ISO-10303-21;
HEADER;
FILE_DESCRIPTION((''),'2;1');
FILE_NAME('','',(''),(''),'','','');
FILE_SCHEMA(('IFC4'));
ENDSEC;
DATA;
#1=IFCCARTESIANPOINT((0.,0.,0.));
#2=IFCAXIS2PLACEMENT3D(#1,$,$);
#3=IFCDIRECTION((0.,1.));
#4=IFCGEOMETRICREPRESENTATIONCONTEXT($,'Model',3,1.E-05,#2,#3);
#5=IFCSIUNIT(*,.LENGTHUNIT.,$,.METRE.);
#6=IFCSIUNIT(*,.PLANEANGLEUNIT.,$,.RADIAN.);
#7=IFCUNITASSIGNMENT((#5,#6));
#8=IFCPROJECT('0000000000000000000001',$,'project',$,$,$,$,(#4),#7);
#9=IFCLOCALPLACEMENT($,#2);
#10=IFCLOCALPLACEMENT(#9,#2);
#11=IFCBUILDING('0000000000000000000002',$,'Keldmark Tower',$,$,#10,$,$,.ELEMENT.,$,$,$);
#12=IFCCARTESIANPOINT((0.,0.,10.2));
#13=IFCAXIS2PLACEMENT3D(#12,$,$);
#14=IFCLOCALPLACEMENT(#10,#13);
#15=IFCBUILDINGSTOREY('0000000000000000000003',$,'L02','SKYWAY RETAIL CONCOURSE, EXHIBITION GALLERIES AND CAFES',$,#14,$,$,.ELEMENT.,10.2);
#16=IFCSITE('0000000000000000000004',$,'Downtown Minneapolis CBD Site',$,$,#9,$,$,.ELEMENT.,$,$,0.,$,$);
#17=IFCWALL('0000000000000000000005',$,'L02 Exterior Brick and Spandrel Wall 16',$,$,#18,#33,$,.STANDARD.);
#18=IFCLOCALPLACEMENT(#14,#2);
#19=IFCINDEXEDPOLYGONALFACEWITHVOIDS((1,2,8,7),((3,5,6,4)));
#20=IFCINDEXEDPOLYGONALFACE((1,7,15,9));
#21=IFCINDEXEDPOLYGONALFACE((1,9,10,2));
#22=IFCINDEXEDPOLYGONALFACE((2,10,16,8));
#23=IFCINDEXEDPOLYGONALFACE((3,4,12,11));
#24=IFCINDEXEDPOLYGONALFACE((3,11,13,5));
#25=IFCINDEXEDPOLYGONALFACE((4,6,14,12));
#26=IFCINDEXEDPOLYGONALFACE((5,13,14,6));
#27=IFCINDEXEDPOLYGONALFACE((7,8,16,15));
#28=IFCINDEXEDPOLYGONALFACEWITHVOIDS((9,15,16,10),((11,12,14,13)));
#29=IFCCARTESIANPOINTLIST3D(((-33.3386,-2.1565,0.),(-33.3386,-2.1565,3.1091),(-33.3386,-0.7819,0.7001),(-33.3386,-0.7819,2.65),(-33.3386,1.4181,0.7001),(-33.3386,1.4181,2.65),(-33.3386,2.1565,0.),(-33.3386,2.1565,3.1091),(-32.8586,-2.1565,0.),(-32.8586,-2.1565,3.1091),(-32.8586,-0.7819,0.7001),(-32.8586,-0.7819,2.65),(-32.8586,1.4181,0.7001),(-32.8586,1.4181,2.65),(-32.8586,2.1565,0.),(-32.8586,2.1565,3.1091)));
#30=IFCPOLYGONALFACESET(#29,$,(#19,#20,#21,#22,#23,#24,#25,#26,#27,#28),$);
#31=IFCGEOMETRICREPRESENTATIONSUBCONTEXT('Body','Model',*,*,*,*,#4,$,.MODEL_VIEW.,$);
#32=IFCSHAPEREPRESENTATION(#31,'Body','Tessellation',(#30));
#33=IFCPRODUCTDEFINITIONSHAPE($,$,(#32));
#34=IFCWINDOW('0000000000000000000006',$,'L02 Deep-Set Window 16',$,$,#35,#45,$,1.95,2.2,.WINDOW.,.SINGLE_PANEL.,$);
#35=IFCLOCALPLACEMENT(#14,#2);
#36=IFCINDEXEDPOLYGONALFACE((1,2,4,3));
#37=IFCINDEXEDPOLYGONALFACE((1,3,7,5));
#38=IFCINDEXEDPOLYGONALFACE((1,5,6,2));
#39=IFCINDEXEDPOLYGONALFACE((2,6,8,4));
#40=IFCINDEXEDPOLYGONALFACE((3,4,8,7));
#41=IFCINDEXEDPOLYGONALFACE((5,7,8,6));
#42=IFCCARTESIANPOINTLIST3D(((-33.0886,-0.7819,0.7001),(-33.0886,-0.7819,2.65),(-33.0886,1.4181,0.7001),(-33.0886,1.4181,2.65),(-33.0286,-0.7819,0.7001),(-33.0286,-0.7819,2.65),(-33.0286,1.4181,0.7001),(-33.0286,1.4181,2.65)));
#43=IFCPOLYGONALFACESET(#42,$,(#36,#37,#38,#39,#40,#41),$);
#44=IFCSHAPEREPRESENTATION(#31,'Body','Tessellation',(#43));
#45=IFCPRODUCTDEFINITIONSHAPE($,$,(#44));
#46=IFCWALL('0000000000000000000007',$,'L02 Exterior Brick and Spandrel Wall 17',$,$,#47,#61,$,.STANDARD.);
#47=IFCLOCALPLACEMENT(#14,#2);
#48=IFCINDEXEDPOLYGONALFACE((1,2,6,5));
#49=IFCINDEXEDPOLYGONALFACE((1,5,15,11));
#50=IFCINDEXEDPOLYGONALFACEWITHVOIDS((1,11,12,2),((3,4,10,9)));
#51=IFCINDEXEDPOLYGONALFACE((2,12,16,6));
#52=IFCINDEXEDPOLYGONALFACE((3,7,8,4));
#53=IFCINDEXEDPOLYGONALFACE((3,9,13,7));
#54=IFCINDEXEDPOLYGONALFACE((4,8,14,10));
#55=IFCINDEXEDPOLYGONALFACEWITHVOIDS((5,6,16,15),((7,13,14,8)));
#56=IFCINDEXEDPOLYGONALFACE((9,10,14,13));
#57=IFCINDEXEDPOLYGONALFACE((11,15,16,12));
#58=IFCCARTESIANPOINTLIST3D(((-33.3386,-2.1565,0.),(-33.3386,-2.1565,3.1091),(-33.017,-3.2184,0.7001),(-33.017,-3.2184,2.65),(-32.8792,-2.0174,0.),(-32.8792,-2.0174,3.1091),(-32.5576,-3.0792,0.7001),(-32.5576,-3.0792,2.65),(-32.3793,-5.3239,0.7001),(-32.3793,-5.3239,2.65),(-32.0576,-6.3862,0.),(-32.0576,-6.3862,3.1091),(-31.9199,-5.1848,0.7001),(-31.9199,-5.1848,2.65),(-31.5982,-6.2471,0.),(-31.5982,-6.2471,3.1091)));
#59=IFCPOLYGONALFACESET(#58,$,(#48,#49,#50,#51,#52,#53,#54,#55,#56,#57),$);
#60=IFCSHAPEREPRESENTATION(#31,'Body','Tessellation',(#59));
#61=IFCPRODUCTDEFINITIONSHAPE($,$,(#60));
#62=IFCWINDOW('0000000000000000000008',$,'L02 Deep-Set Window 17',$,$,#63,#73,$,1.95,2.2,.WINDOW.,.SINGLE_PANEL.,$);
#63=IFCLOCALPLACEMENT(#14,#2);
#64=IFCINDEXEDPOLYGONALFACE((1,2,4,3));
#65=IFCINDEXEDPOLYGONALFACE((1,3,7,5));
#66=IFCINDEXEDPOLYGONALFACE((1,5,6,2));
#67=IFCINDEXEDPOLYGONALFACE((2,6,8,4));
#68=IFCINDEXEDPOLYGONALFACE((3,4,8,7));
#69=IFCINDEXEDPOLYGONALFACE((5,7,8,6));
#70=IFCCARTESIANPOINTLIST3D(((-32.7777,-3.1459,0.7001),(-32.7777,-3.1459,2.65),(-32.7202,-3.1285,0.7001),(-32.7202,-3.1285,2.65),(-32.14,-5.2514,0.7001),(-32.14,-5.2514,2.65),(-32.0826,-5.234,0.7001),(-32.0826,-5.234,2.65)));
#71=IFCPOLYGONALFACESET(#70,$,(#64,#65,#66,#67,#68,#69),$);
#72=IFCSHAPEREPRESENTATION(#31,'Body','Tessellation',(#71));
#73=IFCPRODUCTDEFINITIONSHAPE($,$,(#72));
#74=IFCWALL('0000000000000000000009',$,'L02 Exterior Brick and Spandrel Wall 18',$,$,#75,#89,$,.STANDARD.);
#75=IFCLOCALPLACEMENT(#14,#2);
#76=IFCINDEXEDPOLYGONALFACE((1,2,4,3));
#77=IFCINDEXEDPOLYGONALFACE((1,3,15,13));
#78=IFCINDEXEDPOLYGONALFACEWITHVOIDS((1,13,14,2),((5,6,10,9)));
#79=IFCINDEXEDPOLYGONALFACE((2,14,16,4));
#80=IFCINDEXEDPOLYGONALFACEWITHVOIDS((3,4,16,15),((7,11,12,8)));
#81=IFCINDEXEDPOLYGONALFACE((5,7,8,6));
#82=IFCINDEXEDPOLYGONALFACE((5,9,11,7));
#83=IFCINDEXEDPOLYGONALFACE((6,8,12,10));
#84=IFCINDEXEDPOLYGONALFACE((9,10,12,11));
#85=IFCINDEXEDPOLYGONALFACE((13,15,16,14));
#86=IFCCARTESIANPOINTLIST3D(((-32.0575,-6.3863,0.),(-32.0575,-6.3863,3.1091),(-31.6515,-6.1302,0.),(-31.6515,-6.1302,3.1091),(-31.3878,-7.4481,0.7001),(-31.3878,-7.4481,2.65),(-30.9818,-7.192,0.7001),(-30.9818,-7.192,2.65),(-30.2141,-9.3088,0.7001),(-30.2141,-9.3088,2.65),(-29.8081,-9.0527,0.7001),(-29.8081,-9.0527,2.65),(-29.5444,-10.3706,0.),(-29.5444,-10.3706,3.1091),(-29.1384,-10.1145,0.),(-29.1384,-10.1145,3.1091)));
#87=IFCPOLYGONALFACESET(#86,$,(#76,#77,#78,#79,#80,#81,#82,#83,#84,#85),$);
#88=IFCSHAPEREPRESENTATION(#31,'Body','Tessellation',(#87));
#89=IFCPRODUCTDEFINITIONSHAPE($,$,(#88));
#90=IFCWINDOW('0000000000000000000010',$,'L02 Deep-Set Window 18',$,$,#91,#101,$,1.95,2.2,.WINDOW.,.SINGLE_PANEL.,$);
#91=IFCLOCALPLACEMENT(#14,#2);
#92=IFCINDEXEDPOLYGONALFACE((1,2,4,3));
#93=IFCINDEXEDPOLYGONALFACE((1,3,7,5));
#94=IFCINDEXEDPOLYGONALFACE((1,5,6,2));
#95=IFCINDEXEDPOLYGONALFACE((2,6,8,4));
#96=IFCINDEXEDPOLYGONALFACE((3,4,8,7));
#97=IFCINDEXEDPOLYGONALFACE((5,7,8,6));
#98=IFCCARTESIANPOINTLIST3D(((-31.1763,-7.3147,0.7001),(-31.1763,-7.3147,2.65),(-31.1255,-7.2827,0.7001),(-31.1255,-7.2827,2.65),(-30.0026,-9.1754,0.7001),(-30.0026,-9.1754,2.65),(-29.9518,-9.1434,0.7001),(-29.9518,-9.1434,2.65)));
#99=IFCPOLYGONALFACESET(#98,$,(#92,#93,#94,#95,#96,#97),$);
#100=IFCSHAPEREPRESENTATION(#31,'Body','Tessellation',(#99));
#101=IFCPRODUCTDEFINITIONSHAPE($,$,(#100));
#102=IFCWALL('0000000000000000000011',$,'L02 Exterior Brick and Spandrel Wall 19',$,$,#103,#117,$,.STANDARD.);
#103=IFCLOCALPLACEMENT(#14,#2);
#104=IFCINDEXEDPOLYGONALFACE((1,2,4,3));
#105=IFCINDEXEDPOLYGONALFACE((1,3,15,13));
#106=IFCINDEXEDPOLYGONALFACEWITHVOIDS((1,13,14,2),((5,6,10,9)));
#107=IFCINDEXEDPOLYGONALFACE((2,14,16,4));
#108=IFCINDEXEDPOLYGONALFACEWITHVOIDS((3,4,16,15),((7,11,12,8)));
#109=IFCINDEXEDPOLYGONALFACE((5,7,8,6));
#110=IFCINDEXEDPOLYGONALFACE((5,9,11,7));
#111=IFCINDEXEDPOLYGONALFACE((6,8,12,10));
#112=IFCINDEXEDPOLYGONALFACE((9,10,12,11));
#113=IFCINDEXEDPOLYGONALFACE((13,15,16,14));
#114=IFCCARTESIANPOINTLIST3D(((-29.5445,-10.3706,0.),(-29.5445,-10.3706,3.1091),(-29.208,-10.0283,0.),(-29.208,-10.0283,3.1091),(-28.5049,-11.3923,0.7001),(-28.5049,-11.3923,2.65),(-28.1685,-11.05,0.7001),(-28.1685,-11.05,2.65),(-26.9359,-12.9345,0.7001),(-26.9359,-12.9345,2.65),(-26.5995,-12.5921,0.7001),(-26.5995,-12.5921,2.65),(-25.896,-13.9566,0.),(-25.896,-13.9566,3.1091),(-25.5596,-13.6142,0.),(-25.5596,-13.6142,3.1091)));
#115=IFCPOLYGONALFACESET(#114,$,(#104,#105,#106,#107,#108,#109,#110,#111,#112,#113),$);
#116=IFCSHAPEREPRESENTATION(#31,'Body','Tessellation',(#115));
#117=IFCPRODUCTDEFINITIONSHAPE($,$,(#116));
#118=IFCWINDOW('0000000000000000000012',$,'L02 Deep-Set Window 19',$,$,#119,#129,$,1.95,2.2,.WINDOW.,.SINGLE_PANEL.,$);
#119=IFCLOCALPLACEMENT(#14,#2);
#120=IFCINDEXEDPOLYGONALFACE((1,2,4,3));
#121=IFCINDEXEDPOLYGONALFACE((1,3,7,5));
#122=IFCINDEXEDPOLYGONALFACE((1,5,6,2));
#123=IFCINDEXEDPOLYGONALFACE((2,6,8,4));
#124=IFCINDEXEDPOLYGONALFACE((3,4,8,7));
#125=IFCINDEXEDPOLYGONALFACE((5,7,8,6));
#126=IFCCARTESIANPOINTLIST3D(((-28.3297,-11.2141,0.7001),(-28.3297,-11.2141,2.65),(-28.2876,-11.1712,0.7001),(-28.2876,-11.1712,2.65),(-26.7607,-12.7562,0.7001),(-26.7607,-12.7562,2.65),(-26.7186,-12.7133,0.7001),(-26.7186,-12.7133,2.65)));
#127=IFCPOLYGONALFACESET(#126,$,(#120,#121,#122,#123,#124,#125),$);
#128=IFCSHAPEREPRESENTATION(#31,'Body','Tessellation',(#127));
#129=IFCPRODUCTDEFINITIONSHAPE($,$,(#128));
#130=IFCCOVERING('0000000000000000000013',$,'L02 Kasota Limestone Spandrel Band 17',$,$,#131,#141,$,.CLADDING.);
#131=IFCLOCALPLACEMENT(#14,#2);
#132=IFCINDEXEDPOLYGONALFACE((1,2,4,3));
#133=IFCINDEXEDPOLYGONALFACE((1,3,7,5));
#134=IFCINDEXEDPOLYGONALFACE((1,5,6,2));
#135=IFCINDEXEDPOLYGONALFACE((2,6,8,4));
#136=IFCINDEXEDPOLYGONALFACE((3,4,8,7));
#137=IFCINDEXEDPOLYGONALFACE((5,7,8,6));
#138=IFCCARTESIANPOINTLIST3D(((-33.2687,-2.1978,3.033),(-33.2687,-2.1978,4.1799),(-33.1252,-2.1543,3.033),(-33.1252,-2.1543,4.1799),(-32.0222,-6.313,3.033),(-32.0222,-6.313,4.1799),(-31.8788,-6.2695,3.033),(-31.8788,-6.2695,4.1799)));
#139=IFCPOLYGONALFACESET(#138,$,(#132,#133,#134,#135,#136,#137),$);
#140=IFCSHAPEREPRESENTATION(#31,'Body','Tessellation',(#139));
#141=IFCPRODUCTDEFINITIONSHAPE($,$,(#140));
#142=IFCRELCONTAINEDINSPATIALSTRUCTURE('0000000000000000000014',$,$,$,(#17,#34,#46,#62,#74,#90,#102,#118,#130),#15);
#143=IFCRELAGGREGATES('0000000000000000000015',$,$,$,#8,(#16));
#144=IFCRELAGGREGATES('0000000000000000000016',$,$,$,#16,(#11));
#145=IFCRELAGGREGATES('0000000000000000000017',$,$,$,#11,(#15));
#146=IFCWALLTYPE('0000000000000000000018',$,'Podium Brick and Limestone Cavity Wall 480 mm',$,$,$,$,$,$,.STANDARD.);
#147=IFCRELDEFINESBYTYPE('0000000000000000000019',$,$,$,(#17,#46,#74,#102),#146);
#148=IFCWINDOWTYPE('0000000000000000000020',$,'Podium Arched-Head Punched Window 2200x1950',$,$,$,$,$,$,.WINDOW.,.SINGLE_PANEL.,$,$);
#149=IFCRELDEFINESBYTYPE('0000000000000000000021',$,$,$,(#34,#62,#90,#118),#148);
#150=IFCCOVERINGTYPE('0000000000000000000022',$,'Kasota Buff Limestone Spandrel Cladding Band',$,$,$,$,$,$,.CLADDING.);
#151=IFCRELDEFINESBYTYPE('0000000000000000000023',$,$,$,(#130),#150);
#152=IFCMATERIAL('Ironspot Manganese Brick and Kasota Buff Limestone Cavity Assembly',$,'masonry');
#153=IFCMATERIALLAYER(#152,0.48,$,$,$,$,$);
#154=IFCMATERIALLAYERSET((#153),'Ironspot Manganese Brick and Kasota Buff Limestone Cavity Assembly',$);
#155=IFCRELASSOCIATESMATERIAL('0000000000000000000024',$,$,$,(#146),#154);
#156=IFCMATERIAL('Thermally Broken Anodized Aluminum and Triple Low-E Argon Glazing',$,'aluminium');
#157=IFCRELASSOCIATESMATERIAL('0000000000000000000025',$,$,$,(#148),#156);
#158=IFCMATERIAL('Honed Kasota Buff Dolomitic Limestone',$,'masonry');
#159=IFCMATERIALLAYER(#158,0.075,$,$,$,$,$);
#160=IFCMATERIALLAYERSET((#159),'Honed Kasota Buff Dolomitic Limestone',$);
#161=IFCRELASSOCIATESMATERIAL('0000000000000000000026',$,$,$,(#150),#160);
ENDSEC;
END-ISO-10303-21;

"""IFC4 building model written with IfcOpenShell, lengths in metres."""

from ifc_helpers import new_model, si_unit, direction, frame, frame_2d, origin, origin_2d, place, context, subcontext, project, spatial, rectangle, extrude, material, layer, layer_set, type_object, element, fill, save


model = new_model("IFC4")

# Units and contexts
model_context = context("Model", 3, precision=1e-05, world=origin(), true_north=direction((0.0, 1.0)))
body_context = subcontext(model_context, "Body", "Model", "MODEL_VIEW")
ifc_project = project(units=[si_unit("LENGTHUNIT", "METRE"), si_unit("PLANEANGLEUNIT", "RADIAN")], contexts=[model_context])

# Site, building, storey
site_placement = place(None, origin())
site = spatial("IfcSite", under=ifc_project, at=site_placement, Name="Downtown Minneapolis CBD Site", CompositionType="ELEMENT", RefElevation=0.0)
building_placement = place(site_placement, origin())
building = spatial("IfcBuilding", under=site, at=building_placement, Name="Keldmark Tower", CompositionType="ELEMENT")
storey_placement = place(building_placement, frame((0.0, 0.0, 10.2)))
storey = spatial("IfcBuildingStorey", under=building, at=storey_placement, Name="L02", Description="SKYWAY RETAIL CONCOURSE, EXHIBITION GALLERIES AND CAFES", CompositionType="ELEMENT", Elevation=10.2)

# Walls, openings, windows
ifc_material_1 = material(Name="Ironspot Manganese Brick and Kasota Buff Limestone Cavity Assembly", Category="masonry")
ifc_layer_1 = layer(ifc_material_1, 0.48)
ifc_layer_set_1 = layer_set([ifc_layer_1], Name="Ironspot Manganese Brick and Kasota Buff Limestone Cavity Assembly")
wall_type_1 = type_object("IfcWallType", Name="Podium Brick and Limestone Cavity Wall 480 mm", PredefinedType="STANDARD", material=ifc_layer_set_1)
wall_1_placement = place(storey_placement, frame((-33.0986, -2.1565, 0.0), z_axis=(0.0, 0.0, 1.0), x_axis=(0.0, 1.0, 0.0)))
wall_1 = element("IfcWall", 1, at=wall_1_placement, inside=storey, type_object=wall_type_1, Name="L02 Exterior Brick and Spandrel Wall 16", PredefinedType="STANDARD", context=body_context, shape_type="SweptSolid", body=[
    extrude(rectangle(XDim=4.313, YDim=0.48, at=frame_2d((2.1565, 0.0))), origin(), (0.0, 0.0, 1.0), 3.1091),
])
opening_1_placement = place(wall_1_placement, frame((1.3745, 0.0, 0.7)))
opening_1 = element("IfcOpeningElement", 2, at=opening_1_placement, cuts=wall_1, PredefinedType="OPENING", context=body_context, shape_type="SweptSolid", body=[
    extrude(rectangle(XDim=2.2, YDim=1.95, at=frame_2d((1.1001, 0.9751))), frame((0.0, 0.25, 0.0), z_axis=(0.0, -1.0, 0.0), x_axis=(1.0, 0.0, 0.0)), (0.0, 0.0, 1.0), 0.5),
])
ifc_material_2 = material(Name="Thermally Broken Anodized Aluminum and Triple Low-E Argon Glazing", Category="aluminium")
window_type = type_object("IfcWindowType", Name="Podium Arched-Head Punched Window 2200x1950", PartitioningType="SINGLE_PANEL", PredefinedType="WINDOW", material=ifc_material_2)
window_1_placement = place(opening_1_placement, origin())
window_1 = element("IfcWindow", 3, at=window_1_placement, inside=storey, type_object=window_type, Name="L02 Deep-Set Window 16", OverallHeight=1.95, OverallWidth=2.2, PartitioningType="SINGLE_PANEL", PredefinedType="WINDOW", context=body_context, shape_type="SweptSolid", body=[
    extrude(rectangle(XDim=2.2, YDim=1.95, at=frame_2d((1.1001, 0.9751))), frame((0.0, -0.01, 0.0), z_axis=(0.0, -1.0, 0.0), x_axis=(1.0, 0.0, 0.0)), (0.0, 0.0, 1.0), 0.0601),
])
fill(opening_1, window_1)
wall_2_placement = place(storey_placement, frame((-31.8279, -6.3167, 0.0), z_axis=(0.0, 0.0, 1.0), x_axis=(-0.289856, 0.95707, 0.0)))
wall_2 = element("IfcWall", 4, at=wall_2_placement, inside=storey, type_object=wall_type_1, Name="L02 Exterior Brick and Spandrel Wall 17", PredefinedType="STANDARD", context=body_context, shape_type="SweptSolid", body=[
    extrude(rectangle(XDim=4.4194, YDim=0.48, at=frame_2d((2.2097, 0.0))), origin(), (0.0, 0.0, 1.0), 3.1091),
])
opening_2_placement = place(wall_2_placement, frame((1.1099, 0.0, 0.7)))
opening_2 = element("IfcOpeningElement", 5, at=opening_2_placement, cuts=wall_2, PredefinedType="OPENING", context=body_context, shape_type="SweptSolid", body=[
    extrude(rectangle(XDim=2.2, YDim=1.95, at=frame_2d((1.1001, 0.9751))), frame((0.0, 0.25, 0.0), z_axis=(0.0, -1.0, 0.0), x_axis=(1.0, 0.0, 0.0)), (0.0, 0.0, 1.0), 0.5),
])
window_2_placement = place(opening_2_placement, origin())
window_2 = element("IfcWindow", 6, at=window_2_placement, inside=storey, type_object=window_type, Name="L02 Deep-Set Window 17", OverallHeight=1.95, OverallWidth=2.2, PartitioningType="SINGLE_PANEL", PredefinedType="WINDOW", context=body_context, shape_type="SweptSolid", body=[
    extrude(rectangle(XDim=2.2, YDim=1.95, at=frame_2d((1.1001, 0.9751))), frame((0.0, -0.01, 0.0), z_axis=(0.0, -1.0, 0.0), x_axis=(1.0, 0.0, 0.0)), (0.0, 0.0, 1.0), 0.0601),
])
fill(opening_2, window_2)
wall_3_placement = place(storey_placement, frame((-29.3413, -10.2427, 0.0), z_axis=(0.0, 0.0, 1.0), x_axis=(-0.533498, 0.845802, 0.0)))
wall_3 = element("IfcWall", 7, at=wall_3_placement, inside=storey, type_object=wall_type_1, Name="L02 Exterior Brick and Spandrel Wall 18", PredefinedType="STANDARD", context=body_context, shape_type="SweptSolid", body=[
    extrude(rectangle(XDim=4.7107, YDim=0.48, at=frame_2d((2.3555, 0.0))), origin(), (0.0, 0.0, 1.0), 3.1091),
])
opening_3_placement = place(wall_3_placement, frame((1.2554, 0.0, 0.7)))
opening_3 = element("IfcOpeningElement", 8, at=opening_3_placement, cuts=wall_3, PredefinedType="OPENING", context=body_context, shape_type="SweptSolid", body=[
    extrude(rectangle(XDim=2.2, YDim=1.95, at=frame_2d((1.1001, 0.9751))), frame((0.0, 0.25, 0.0), z_axis=(0.0, -1.0, 0.0), x_axis=(1.0, 0.0, 0.0)), (0.0, 0.0, 1.0), 0.5),
])
window_3_placement = place(opening_3_placement, origin())
window_3 = element("IfcWindow", 9, at=window_3_placement, inside=storey, type_object=window_type, Name="L02 Deep-Set Window 18", OverallHeight=1.95, OverallWidth=2.2, PartitioningType="SINGLE_PANEL", PredefinedType="WINDOW", context=body_context, shape_type="SweptSolid", body=[
    extrude(rectangle(XDim=2.2, YDim=1.95, at=frame_2d((1.1001, 0.9751))), frame((0.0, -0.01, 0.0), z_axis=(0.0, -1.0, 0.0), x_axis=(1.0, 0.0, 0.0)), (0.0, 0.0, 1.0), 0.0601),
])
fill(opening_3, window_3)
wall_4_placement = place(storey_placement, frame((-25.7278, -13.7854, 0.0), z_axis=(0.0, 0.0, 1.0), x_axis=(-0.713189, 0.700972, 0.0)))
wall_4 = element("IfcWall", 10, at=wall_4_placement, inside=storey, type_object=wall_type_1, Name="L02 Exterior Brick and Spandrel Wall 19", PredefinedType="STANDARD", context=body_context, shape_type="SweptSolid", body=[
    extrude(rectangle(XDim=5.1157, YDim=0.48, at=frame_2d((2.5579, 0.0))), origin(), (0.0, 0.0, 1.0), 3.1091),
])
opening_4_placement = place(wall_4_placement, frame((1.458, 0.0, 0.7)))
opening_4 = element("IfcOpeningElement", 11, at=opening_4_placement, cuts=wall_4, PredefinedType="OPENING", context=body_context, shape_type="SweptSolid", body=[
    extrude(rectangle(XDim=2.2, YDim=1.95, at=frame_2d((1.1001, 0.9751))), frame((0.0, 0.25, 0.0), z_axis=(0.0, -1.0, 0.0), x_axis=(1.0, 0.0, 0.0)), (0.0, 0.0, 1.0), 0.5),
])
window_4_placement = place(opening_4_placement, origin())
window_4 = element("IfcWindow", 12, at=window_4_placement, inside=storey, type_object=window_type, Name="L02 Deep-Set Window 19", OverallHeight=1.95, OverallWidth=2.2, PartitioningType="SINGLE_PANEL", PredefinedType="WINDOW", context=body_context, shape_type="SweptSolid", body=[
    extrude(rectangle(XDim=2.2, YDim=1.95, at=frame_2d((1.1001, 0.9751))), frame((0.0, -0.01, 0.0), z_axis=(0.0, -1.0, 0.0), x_axis=(1.0, 0.0, 0.0)), (0.0, 0.0, 1.0), 0.0601),
])
fill(opening_4, window_4)

# Covering
ifc_material_3 = material(Name="Honed Kasota Buff Dolomitic Limestone", Category="masonry")
ifc_layer_2 = layer(ifc_material_3, 0.075)
ifc_layer_set_2 = layer_set([ifc_layer_2], Name="Honed Kasota Buff Dolomitic Limestone")
covering_type = type_object("IfcCoveringType", Name="Kasota Buff Limestone Spandrel Cladding Band", PredefinedType="CLADDING", material=ifc_layer_set_2)
covering_placement = place(storey_placement, frame((-32.5737, -4.2336, 3.033), z_axis=(0.0, 0.0, 1.0), x_axis=(0.289884, -0.957062, 0.0)))
element("IfcCovering", 13, at=covering_placement, inside=storey, type_object=covering_type, Name="L02 Kasota Limestone Spandrel Band 17", PredefinedType="CLADDING", context=body_context, shape_type="SweptSolid", body=[
    extrude(rectangle(XDim=4.2998, YDim=0.1499, at=origin_2d()), origin(), (0.0, 0.0, 1.0), 1.147),
])

save(model, "model.ifc")
